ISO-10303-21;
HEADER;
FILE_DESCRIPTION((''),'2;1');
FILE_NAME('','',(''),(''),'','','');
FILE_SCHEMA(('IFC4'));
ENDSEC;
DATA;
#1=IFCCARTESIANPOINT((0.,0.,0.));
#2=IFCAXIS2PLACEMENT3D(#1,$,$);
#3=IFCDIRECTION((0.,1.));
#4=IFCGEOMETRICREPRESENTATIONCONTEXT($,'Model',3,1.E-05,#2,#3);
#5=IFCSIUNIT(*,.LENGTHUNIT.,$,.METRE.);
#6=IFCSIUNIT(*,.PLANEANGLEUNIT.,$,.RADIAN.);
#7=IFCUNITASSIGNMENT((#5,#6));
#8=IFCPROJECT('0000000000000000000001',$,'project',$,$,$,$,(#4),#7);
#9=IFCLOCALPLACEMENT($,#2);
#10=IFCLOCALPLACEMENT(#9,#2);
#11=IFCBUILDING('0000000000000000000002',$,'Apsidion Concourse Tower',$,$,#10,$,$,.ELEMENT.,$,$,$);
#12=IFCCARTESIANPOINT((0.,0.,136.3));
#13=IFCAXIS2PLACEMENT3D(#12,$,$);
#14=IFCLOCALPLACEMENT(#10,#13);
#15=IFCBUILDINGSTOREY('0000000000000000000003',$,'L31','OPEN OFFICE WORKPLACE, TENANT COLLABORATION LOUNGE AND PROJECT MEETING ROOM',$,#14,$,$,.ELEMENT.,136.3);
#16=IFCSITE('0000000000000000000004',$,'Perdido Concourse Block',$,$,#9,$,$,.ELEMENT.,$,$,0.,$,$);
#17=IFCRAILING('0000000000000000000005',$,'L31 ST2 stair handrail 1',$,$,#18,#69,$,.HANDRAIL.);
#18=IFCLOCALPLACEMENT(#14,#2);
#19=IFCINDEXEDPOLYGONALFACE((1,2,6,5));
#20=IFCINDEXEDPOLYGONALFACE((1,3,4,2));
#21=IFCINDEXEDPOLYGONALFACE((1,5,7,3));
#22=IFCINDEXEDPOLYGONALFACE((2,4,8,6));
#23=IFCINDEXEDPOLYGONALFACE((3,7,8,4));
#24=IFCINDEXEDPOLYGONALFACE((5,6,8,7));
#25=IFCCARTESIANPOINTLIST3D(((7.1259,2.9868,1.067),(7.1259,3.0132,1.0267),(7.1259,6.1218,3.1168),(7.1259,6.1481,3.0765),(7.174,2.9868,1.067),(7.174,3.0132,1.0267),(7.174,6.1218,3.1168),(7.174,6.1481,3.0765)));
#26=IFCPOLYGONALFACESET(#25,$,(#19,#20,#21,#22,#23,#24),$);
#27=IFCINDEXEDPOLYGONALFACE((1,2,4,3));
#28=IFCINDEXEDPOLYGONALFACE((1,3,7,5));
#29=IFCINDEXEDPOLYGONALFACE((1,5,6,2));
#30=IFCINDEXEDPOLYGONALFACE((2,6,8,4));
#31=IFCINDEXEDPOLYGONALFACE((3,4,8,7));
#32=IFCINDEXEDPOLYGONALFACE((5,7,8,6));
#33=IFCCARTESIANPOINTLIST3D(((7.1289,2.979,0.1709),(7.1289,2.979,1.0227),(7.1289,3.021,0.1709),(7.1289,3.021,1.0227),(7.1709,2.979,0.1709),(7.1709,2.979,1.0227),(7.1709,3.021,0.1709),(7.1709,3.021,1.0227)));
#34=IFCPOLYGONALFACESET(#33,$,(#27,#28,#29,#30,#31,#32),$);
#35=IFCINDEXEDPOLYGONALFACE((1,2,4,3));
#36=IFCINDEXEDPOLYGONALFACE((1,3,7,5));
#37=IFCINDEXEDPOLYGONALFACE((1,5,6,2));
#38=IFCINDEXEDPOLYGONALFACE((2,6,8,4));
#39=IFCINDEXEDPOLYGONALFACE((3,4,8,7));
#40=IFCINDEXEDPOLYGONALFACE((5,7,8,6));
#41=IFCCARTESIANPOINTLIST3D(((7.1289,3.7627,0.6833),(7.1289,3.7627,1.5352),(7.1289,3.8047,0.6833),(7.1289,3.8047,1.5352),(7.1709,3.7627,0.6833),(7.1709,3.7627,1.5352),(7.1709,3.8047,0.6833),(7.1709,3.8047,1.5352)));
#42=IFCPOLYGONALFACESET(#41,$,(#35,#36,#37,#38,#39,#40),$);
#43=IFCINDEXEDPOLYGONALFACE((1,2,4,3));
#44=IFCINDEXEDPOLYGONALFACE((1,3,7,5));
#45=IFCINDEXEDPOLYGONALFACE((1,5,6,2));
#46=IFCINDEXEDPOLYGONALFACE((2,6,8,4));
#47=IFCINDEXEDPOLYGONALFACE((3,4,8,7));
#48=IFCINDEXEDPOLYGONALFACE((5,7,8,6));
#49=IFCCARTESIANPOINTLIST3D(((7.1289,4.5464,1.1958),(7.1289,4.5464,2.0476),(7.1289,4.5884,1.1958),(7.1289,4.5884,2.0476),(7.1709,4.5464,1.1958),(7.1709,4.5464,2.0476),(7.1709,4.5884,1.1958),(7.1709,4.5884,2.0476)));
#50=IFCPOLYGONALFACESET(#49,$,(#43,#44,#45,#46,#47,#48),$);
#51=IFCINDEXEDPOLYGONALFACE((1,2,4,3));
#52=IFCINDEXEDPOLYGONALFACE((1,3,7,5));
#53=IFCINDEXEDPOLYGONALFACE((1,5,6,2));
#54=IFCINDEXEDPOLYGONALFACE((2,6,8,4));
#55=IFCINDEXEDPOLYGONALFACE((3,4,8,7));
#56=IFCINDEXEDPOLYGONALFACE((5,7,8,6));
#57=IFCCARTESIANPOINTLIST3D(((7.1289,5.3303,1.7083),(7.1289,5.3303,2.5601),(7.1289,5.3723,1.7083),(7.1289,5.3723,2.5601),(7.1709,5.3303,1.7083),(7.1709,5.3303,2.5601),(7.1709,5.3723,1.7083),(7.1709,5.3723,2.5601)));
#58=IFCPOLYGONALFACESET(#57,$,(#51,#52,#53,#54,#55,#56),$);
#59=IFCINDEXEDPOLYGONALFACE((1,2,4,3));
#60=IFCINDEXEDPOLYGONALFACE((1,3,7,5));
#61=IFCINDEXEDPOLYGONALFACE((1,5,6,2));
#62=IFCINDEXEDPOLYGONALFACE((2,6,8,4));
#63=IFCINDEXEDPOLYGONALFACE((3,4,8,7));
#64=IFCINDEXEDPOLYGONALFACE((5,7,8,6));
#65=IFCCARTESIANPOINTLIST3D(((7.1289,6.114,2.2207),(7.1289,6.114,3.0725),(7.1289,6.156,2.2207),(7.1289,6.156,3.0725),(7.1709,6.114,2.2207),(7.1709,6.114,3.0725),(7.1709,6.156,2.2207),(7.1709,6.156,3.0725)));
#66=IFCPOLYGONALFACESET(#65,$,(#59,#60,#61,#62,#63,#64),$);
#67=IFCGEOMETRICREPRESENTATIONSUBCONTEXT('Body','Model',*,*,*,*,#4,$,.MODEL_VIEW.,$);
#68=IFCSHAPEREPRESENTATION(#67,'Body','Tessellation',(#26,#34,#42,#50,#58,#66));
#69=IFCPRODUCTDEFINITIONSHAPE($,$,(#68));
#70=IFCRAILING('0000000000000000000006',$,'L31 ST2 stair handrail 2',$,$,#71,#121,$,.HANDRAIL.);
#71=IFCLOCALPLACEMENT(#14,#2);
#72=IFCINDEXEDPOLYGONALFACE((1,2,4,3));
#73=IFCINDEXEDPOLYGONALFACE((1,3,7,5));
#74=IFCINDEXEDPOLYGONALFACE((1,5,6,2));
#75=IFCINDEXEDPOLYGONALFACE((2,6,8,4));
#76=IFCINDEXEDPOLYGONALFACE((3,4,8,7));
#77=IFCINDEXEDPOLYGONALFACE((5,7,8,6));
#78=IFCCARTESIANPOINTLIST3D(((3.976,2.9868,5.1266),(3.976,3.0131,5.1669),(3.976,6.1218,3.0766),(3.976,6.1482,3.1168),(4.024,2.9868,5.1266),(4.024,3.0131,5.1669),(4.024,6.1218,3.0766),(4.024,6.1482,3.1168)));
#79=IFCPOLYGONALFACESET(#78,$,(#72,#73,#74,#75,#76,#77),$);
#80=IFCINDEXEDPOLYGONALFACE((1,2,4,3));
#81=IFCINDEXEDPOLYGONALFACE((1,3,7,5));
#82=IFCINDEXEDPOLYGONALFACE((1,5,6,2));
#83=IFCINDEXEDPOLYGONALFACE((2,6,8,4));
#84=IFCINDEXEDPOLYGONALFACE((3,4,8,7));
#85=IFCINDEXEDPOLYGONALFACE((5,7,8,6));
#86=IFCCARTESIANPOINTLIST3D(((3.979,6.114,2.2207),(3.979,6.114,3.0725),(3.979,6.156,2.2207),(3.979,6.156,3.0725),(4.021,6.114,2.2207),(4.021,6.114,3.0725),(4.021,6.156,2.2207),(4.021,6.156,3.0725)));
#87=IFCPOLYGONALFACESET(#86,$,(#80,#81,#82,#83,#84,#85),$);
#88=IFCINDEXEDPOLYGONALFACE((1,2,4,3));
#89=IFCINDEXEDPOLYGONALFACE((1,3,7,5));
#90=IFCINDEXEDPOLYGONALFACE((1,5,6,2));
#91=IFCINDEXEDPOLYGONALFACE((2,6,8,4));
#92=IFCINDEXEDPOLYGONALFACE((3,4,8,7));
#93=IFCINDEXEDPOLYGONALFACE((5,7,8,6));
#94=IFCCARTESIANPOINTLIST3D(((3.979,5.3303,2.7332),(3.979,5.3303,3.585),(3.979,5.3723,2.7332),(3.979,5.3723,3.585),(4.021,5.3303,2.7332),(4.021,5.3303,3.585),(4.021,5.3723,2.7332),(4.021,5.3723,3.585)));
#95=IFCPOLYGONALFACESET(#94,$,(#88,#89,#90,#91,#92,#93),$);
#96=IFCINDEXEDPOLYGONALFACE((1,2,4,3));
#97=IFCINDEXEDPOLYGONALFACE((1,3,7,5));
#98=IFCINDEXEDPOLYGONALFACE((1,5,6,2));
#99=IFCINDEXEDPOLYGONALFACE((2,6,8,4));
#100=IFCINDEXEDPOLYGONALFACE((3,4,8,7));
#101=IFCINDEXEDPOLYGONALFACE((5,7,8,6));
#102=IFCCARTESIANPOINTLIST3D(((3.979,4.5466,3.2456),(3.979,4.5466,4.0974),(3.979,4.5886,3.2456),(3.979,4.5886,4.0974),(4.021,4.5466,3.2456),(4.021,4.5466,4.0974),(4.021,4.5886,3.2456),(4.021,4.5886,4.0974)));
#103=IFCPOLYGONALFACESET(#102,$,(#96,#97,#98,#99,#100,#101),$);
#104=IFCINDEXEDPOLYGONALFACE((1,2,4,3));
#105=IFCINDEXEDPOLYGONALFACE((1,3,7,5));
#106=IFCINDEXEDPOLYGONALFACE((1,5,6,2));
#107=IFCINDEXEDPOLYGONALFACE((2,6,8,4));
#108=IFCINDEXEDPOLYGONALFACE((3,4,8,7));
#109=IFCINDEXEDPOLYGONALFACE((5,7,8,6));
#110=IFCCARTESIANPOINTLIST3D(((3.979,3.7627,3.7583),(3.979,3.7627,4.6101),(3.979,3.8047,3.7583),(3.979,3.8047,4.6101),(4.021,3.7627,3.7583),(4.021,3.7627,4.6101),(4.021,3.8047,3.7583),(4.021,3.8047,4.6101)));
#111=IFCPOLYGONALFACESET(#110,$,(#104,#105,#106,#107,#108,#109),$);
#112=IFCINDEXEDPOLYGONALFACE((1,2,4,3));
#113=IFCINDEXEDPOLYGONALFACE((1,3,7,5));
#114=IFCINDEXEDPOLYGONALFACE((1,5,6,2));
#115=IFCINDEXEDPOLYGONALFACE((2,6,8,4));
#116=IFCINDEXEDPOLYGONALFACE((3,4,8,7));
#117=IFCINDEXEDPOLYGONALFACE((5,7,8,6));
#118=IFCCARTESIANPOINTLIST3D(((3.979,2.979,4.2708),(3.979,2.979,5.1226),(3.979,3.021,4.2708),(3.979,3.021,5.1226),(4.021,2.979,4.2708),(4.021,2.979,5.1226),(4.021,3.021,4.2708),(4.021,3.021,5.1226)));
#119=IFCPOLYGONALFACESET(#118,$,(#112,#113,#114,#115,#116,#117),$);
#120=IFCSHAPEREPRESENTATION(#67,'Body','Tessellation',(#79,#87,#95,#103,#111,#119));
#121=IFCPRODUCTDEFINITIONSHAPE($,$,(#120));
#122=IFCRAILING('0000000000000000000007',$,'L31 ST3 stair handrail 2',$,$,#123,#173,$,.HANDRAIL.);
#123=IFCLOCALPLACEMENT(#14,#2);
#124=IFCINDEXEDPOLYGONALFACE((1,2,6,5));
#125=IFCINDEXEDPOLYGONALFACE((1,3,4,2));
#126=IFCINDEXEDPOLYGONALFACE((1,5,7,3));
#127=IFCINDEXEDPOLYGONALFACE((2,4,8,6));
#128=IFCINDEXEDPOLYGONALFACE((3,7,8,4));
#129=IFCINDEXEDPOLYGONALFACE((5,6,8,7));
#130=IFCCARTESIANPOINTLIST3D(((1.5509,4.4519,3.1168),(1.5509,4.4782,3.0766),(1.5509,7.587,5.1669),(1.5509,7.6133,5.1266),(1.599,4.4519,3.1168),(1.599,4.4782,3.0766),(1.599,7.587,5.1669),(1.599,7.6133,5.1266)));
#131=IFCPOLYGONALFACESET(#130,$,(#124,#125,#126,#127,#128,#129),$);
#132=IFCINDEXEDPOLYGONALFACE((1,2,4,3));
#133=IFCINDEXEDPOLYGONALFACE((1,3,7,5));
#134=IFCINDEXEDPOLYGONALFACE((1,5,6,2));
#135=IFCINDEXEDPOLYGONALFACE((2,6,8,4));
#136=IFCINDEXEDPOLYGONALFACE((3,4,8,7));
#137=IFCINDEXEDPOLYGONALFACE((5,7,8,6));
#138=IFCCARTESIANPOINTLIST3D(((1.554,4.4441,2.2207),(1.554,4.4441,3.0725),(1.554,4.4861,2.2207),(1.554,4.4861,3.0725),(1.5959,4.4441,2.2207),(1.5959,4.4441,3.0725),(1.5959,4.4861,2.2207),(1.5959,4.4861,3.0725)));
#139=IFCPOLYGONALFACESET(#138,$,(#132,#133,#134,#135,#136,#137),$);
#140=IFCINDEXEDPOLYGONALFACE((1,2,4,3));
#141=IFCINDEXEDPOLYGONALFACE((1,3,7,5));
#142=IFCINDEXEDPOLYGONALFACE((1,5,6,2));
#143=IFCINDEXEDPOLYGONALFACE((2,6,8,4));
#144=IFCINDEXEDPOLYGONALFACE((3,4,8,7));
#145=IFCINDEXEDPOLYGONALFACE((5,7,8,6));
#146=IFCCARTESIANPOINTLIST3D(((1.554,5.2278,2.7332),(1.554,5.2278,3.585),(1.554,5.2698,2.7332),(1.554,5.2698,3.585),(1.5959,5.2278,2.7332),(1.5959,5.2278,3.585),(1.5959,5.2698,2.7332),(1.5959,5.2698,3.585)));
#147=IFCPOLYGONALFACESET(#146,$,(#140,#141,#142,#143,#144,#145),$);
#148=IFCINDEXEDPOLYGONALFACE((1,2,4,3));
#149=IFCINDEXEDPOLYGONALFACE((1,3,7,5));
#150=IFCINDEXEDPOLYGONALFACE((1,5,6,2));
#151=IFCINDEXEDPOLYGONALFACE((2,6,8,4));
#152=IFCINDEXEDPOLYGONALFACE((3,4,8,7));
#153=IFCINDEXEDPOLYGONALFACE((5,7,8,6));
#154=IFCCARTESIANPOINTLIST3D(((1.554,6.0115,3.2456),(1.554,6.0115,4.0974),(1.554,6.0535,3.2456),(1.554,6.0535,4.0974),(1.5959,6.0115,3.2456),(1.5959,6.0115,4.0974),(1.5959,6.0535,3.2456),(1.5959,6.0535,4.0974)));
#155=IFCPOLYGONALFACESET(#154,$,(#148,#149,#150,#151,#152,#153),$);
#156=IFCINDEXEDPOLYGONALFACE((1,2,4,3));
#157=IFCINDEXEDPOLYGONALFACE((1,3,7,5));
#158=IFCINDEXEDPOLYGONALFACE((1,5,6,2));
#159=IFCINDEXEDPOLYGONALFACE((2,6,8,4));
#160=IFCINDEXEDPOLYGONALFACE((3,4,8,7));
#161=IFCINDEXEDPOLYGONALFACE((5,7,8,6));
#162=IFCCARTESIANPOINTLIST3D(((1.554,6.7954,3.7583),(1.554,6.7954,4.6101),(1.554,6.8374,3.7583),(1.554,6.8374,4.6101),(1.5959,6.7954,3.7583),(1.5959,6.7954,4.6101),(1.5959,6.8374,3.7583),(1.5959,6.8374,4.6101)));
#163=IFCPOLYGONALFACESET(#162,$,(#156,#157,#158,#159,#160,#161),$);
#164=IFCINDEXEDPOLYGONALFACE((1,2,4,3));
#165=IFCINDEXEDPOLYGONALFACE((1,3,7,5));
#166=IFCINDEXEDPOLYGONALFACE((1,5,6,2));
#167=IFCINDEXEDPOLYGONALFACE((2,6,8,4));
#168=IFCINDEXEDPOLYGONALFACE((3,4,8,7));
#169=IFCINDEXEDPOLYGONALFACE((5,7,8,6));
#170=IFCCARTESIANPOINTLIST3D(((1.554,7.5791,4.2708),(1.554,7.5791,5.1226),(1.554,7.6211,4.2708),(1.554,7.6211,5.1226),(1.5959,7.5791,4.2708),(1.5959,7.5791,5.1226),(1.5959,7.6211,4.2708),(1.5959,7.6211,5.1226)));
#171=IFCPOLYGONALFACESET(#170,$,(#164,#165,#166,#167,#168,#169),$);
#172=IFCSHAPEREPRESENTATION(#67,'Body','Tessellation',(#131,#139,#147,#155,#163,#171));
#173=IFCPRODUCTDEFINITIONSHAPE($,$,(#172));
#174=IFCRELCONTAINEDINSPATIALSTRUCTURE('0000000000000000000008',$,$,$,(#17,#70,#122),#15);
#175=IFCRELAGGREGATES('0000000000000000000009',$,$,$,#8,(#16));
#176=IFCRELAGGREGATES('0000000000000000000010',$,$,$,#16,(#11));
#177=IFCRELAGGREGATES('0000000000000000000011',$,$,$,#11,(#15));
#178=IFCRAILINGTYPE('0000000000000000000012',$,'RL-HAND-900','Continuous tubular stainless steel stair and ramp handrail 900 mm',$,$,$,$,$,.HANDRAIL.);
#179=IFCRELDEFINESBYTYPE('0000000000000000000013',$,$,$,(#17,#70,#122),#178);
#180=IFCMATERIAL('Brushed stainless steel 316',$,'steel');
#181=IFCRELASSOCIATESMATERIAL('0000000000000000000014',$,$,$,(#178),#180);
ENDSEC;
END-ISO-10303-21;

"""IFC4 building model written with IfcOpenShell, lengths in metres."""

from ifc_helpers import new_model, si_unit, direction, frame, origin, origin_2d, place, context, subcontext, project, spatial, rectangle, extrude, material, type_object, element, save


model = new_model("IFC4")

# Units and contexts
model_context = context("Model", 3, precision=1e-05, world=origin(), true_north=direction((0.0, 1.0)))
body_context = subcontext(model_context, "Body", "Model", "MODEL_VIEW")
ifc_project = project(units=[si_unit("LENGTHUNIT", "METRE"), si_unit("PLANEANGLEUNIT", "RADIAN")], contexts=[model_context])

# Site, building, storey
site_placement = place(None, origin())
site = spatial("IfcSite", under=ifc_project, at=site_placement, Name="Perdido Concourse Block", CompositionType="ELEMENT", RefElevation=0.0)
building_placement = place(site_placement, origin())
building = spatial("IfcBuilding", under=site, at=building_placement, Name="Apsidion Concourse Tower", CompositionType="ELEMENT")
storey_placement = place(building_placement, frame((0.0, 0.0, 136.3)))
storey = spatial("IfcBuildingStorey", under=building, at=storey_placement, Name="L31", Description="OPEN OFFICE WORKPLACE, TENANT COLLABORATION LOUNGE AND PROJECT MEETING ROOM", CompositionType="ELEMENT", Elevation=136.3)

# Shared definitions
ifc_material_1 = material(Name="Brushed stainless steel 316", Category="steel")

# Railings
railing_type_1 = type_object("IfcRailingType", Name="RL-HAND-900", Description="Continuous tubular stainless steel stair and ramp handrail 900 mm", PredefinedType="HANDRAIL", material=ifc_material_1)
railing_1_placement = place(storey_placement, frame((7.1499, 3.0, 0.1709)))
element("IfcRailing", 1, at=railing_1_placement, inside=storey, type_object=railing_type_1, Name="L31 ST2 stair handrail 1", PredefinedType="HANDRAIL", context=body_context, shape_type="SweptSolid", body=[
    extrude(rectangle(XDim=0.0481, YDim=0.0481, at=origin_2d()), frame((0.0, 0.0, 0.876), z_axis=(0.0, 0.836971, 0.547248), x_axis=(-1.0, 0.0, 0.0)), (0.0, 0.0, 1.0), 3.7456),
    extrude(rectangle(XDim=0.042, YDim=0.042, at=origin_2d()), origin(), (0.0, 0.0, 1.0), 0.8518),
    extrude(rectangle(XDim=0.042, YDim=0.042, at=origin_2d()), frame((0.0, 0.7837, 0.5125)), (0.0, 0.0, 1.0), 0.8518),
    extrude(rectangle(XDim=0.042, YDim=0.042, at=origin_2d()), frame((0.0, 1.5674, 1.0249)), (0.0, 0.0, 1.0), 0.8518),
    extrude(rectangle(XDim=0.042, YDim=0.042, at=origin_2d()), frame((0.0, 2.3513, 1.5374)), (0.0, 0.0, 1.0), 0.8518),
    extrude(rectangle(XDim=0.042, YDim=0.042, at=origin_2d()), frame((0.0, 3.135, 2.0498)), (0.0, 0.0, 1.0), 0.8518),
])
railing_2_placement = place(storey_placement, frame((4.0, 6.135, 2.2207)))
element("IfcRailing", 2, at=railing_2_placement, inside=storey, type_object=railing_type_1, Name="L31 ST2 stair handrail 2", PredefinedType="HANDRAIL", context=body_context, shape_type="SweptSolid", body=[
    extrude(rectangle(XDim=0.0481, YDim=0.0481, at=origin_2d()), frame((0.0, 0.0, 0.876), z_axis=(0.0, -0.836941, 0.547293), x_axis=(1.0, 0.0, 0.0)), (0.0, 0.0, 1.0), 3.7458),
    extrude(rectangle(XDim=0.042, YDim=0.042, at=origin_2d()), origin(), (0.0, 0.0, 1.0), 0.8518),
    extrude(rectangle(XDim=0.042, YDim=0.042, at=origin_2d()), frame((0.0, -0.7837, 0.5125)), (0.0, 0.0, 1.0), 0.8518),
    extrude(rectangle(XDim=0.042, YDim=0.042, at=origin_2d()), frame((0.0, -1.5674, 1.0249)), (0.0, 0.0, 1.0), 0.8518),
    extrude(rectangle(XDim=0.042, YDim=0.042, at=origin_2d()), frame((0.0, -2.3513, 1.5376)), (0.0, 0.0, 1.0), 0.8518),
    extrude(rectangle(XDim=0.042, YDim=0.042, at=origin_2d()), frame((0.0, -3.135, 2.05)), (0.0, 0.0, 1.0), 0.8518),
])
railing_3_placement = place(storey_placement, frame((1.575, 4.4651, 2.2207)))
element("IfcRailing", 3, at=railing_3_placement, inside=storey, type_object=railing_type_1, Name="L31 ST3 stair handrail 2", PredefinedType="HANDRAIL", context=body_context, shape_type="SweptSolid", body=[
    extrude(rectangle(XDim=0.0481, YDim=0.0481, at=origin_2d()), frame((0.0, 0.0, 0.876), z_axis=(0.0, 0.836941, 0.547293), x_axis=(-1.0, 0.0, 0.0)), (0.0, 0.0, 1.0), 3.7458),
    extrude(rectangle(XDim=0.042, YDim=0.042, at=origin_2d()), origin(), (0.0, 0.0, 1.0), 0.8518),
    extrude(rectangle(XDim=0.042, YDim=0.042, at=origin_2d()), frame((0.0, 0.7837, 0.5125)), (0.0, 0.0, 1.0), 0.8518),
    extrude(rectangle(XDim=0.042, YDim=0.042, at=origin_2d()), frame((0.0, 1.5674, 1.0249)), (0.0, 0.0, 1.0), 0.8518),
    extrude(rectangle(XDim=0.042, YDim=0.042, at=origin_2d()), frame((0.0, 2.3513, 1.5376)), (0.0, 0.0, 1.0), 0.8518),
    extrude(rectangle(XDim=0.042, YDim=0.042, at=origin_2d()), frame((0.0, 3.135, 2.05)), (0.0, 0.0, 1.0), 0.8518),
])

save(model, "model.ifc")
